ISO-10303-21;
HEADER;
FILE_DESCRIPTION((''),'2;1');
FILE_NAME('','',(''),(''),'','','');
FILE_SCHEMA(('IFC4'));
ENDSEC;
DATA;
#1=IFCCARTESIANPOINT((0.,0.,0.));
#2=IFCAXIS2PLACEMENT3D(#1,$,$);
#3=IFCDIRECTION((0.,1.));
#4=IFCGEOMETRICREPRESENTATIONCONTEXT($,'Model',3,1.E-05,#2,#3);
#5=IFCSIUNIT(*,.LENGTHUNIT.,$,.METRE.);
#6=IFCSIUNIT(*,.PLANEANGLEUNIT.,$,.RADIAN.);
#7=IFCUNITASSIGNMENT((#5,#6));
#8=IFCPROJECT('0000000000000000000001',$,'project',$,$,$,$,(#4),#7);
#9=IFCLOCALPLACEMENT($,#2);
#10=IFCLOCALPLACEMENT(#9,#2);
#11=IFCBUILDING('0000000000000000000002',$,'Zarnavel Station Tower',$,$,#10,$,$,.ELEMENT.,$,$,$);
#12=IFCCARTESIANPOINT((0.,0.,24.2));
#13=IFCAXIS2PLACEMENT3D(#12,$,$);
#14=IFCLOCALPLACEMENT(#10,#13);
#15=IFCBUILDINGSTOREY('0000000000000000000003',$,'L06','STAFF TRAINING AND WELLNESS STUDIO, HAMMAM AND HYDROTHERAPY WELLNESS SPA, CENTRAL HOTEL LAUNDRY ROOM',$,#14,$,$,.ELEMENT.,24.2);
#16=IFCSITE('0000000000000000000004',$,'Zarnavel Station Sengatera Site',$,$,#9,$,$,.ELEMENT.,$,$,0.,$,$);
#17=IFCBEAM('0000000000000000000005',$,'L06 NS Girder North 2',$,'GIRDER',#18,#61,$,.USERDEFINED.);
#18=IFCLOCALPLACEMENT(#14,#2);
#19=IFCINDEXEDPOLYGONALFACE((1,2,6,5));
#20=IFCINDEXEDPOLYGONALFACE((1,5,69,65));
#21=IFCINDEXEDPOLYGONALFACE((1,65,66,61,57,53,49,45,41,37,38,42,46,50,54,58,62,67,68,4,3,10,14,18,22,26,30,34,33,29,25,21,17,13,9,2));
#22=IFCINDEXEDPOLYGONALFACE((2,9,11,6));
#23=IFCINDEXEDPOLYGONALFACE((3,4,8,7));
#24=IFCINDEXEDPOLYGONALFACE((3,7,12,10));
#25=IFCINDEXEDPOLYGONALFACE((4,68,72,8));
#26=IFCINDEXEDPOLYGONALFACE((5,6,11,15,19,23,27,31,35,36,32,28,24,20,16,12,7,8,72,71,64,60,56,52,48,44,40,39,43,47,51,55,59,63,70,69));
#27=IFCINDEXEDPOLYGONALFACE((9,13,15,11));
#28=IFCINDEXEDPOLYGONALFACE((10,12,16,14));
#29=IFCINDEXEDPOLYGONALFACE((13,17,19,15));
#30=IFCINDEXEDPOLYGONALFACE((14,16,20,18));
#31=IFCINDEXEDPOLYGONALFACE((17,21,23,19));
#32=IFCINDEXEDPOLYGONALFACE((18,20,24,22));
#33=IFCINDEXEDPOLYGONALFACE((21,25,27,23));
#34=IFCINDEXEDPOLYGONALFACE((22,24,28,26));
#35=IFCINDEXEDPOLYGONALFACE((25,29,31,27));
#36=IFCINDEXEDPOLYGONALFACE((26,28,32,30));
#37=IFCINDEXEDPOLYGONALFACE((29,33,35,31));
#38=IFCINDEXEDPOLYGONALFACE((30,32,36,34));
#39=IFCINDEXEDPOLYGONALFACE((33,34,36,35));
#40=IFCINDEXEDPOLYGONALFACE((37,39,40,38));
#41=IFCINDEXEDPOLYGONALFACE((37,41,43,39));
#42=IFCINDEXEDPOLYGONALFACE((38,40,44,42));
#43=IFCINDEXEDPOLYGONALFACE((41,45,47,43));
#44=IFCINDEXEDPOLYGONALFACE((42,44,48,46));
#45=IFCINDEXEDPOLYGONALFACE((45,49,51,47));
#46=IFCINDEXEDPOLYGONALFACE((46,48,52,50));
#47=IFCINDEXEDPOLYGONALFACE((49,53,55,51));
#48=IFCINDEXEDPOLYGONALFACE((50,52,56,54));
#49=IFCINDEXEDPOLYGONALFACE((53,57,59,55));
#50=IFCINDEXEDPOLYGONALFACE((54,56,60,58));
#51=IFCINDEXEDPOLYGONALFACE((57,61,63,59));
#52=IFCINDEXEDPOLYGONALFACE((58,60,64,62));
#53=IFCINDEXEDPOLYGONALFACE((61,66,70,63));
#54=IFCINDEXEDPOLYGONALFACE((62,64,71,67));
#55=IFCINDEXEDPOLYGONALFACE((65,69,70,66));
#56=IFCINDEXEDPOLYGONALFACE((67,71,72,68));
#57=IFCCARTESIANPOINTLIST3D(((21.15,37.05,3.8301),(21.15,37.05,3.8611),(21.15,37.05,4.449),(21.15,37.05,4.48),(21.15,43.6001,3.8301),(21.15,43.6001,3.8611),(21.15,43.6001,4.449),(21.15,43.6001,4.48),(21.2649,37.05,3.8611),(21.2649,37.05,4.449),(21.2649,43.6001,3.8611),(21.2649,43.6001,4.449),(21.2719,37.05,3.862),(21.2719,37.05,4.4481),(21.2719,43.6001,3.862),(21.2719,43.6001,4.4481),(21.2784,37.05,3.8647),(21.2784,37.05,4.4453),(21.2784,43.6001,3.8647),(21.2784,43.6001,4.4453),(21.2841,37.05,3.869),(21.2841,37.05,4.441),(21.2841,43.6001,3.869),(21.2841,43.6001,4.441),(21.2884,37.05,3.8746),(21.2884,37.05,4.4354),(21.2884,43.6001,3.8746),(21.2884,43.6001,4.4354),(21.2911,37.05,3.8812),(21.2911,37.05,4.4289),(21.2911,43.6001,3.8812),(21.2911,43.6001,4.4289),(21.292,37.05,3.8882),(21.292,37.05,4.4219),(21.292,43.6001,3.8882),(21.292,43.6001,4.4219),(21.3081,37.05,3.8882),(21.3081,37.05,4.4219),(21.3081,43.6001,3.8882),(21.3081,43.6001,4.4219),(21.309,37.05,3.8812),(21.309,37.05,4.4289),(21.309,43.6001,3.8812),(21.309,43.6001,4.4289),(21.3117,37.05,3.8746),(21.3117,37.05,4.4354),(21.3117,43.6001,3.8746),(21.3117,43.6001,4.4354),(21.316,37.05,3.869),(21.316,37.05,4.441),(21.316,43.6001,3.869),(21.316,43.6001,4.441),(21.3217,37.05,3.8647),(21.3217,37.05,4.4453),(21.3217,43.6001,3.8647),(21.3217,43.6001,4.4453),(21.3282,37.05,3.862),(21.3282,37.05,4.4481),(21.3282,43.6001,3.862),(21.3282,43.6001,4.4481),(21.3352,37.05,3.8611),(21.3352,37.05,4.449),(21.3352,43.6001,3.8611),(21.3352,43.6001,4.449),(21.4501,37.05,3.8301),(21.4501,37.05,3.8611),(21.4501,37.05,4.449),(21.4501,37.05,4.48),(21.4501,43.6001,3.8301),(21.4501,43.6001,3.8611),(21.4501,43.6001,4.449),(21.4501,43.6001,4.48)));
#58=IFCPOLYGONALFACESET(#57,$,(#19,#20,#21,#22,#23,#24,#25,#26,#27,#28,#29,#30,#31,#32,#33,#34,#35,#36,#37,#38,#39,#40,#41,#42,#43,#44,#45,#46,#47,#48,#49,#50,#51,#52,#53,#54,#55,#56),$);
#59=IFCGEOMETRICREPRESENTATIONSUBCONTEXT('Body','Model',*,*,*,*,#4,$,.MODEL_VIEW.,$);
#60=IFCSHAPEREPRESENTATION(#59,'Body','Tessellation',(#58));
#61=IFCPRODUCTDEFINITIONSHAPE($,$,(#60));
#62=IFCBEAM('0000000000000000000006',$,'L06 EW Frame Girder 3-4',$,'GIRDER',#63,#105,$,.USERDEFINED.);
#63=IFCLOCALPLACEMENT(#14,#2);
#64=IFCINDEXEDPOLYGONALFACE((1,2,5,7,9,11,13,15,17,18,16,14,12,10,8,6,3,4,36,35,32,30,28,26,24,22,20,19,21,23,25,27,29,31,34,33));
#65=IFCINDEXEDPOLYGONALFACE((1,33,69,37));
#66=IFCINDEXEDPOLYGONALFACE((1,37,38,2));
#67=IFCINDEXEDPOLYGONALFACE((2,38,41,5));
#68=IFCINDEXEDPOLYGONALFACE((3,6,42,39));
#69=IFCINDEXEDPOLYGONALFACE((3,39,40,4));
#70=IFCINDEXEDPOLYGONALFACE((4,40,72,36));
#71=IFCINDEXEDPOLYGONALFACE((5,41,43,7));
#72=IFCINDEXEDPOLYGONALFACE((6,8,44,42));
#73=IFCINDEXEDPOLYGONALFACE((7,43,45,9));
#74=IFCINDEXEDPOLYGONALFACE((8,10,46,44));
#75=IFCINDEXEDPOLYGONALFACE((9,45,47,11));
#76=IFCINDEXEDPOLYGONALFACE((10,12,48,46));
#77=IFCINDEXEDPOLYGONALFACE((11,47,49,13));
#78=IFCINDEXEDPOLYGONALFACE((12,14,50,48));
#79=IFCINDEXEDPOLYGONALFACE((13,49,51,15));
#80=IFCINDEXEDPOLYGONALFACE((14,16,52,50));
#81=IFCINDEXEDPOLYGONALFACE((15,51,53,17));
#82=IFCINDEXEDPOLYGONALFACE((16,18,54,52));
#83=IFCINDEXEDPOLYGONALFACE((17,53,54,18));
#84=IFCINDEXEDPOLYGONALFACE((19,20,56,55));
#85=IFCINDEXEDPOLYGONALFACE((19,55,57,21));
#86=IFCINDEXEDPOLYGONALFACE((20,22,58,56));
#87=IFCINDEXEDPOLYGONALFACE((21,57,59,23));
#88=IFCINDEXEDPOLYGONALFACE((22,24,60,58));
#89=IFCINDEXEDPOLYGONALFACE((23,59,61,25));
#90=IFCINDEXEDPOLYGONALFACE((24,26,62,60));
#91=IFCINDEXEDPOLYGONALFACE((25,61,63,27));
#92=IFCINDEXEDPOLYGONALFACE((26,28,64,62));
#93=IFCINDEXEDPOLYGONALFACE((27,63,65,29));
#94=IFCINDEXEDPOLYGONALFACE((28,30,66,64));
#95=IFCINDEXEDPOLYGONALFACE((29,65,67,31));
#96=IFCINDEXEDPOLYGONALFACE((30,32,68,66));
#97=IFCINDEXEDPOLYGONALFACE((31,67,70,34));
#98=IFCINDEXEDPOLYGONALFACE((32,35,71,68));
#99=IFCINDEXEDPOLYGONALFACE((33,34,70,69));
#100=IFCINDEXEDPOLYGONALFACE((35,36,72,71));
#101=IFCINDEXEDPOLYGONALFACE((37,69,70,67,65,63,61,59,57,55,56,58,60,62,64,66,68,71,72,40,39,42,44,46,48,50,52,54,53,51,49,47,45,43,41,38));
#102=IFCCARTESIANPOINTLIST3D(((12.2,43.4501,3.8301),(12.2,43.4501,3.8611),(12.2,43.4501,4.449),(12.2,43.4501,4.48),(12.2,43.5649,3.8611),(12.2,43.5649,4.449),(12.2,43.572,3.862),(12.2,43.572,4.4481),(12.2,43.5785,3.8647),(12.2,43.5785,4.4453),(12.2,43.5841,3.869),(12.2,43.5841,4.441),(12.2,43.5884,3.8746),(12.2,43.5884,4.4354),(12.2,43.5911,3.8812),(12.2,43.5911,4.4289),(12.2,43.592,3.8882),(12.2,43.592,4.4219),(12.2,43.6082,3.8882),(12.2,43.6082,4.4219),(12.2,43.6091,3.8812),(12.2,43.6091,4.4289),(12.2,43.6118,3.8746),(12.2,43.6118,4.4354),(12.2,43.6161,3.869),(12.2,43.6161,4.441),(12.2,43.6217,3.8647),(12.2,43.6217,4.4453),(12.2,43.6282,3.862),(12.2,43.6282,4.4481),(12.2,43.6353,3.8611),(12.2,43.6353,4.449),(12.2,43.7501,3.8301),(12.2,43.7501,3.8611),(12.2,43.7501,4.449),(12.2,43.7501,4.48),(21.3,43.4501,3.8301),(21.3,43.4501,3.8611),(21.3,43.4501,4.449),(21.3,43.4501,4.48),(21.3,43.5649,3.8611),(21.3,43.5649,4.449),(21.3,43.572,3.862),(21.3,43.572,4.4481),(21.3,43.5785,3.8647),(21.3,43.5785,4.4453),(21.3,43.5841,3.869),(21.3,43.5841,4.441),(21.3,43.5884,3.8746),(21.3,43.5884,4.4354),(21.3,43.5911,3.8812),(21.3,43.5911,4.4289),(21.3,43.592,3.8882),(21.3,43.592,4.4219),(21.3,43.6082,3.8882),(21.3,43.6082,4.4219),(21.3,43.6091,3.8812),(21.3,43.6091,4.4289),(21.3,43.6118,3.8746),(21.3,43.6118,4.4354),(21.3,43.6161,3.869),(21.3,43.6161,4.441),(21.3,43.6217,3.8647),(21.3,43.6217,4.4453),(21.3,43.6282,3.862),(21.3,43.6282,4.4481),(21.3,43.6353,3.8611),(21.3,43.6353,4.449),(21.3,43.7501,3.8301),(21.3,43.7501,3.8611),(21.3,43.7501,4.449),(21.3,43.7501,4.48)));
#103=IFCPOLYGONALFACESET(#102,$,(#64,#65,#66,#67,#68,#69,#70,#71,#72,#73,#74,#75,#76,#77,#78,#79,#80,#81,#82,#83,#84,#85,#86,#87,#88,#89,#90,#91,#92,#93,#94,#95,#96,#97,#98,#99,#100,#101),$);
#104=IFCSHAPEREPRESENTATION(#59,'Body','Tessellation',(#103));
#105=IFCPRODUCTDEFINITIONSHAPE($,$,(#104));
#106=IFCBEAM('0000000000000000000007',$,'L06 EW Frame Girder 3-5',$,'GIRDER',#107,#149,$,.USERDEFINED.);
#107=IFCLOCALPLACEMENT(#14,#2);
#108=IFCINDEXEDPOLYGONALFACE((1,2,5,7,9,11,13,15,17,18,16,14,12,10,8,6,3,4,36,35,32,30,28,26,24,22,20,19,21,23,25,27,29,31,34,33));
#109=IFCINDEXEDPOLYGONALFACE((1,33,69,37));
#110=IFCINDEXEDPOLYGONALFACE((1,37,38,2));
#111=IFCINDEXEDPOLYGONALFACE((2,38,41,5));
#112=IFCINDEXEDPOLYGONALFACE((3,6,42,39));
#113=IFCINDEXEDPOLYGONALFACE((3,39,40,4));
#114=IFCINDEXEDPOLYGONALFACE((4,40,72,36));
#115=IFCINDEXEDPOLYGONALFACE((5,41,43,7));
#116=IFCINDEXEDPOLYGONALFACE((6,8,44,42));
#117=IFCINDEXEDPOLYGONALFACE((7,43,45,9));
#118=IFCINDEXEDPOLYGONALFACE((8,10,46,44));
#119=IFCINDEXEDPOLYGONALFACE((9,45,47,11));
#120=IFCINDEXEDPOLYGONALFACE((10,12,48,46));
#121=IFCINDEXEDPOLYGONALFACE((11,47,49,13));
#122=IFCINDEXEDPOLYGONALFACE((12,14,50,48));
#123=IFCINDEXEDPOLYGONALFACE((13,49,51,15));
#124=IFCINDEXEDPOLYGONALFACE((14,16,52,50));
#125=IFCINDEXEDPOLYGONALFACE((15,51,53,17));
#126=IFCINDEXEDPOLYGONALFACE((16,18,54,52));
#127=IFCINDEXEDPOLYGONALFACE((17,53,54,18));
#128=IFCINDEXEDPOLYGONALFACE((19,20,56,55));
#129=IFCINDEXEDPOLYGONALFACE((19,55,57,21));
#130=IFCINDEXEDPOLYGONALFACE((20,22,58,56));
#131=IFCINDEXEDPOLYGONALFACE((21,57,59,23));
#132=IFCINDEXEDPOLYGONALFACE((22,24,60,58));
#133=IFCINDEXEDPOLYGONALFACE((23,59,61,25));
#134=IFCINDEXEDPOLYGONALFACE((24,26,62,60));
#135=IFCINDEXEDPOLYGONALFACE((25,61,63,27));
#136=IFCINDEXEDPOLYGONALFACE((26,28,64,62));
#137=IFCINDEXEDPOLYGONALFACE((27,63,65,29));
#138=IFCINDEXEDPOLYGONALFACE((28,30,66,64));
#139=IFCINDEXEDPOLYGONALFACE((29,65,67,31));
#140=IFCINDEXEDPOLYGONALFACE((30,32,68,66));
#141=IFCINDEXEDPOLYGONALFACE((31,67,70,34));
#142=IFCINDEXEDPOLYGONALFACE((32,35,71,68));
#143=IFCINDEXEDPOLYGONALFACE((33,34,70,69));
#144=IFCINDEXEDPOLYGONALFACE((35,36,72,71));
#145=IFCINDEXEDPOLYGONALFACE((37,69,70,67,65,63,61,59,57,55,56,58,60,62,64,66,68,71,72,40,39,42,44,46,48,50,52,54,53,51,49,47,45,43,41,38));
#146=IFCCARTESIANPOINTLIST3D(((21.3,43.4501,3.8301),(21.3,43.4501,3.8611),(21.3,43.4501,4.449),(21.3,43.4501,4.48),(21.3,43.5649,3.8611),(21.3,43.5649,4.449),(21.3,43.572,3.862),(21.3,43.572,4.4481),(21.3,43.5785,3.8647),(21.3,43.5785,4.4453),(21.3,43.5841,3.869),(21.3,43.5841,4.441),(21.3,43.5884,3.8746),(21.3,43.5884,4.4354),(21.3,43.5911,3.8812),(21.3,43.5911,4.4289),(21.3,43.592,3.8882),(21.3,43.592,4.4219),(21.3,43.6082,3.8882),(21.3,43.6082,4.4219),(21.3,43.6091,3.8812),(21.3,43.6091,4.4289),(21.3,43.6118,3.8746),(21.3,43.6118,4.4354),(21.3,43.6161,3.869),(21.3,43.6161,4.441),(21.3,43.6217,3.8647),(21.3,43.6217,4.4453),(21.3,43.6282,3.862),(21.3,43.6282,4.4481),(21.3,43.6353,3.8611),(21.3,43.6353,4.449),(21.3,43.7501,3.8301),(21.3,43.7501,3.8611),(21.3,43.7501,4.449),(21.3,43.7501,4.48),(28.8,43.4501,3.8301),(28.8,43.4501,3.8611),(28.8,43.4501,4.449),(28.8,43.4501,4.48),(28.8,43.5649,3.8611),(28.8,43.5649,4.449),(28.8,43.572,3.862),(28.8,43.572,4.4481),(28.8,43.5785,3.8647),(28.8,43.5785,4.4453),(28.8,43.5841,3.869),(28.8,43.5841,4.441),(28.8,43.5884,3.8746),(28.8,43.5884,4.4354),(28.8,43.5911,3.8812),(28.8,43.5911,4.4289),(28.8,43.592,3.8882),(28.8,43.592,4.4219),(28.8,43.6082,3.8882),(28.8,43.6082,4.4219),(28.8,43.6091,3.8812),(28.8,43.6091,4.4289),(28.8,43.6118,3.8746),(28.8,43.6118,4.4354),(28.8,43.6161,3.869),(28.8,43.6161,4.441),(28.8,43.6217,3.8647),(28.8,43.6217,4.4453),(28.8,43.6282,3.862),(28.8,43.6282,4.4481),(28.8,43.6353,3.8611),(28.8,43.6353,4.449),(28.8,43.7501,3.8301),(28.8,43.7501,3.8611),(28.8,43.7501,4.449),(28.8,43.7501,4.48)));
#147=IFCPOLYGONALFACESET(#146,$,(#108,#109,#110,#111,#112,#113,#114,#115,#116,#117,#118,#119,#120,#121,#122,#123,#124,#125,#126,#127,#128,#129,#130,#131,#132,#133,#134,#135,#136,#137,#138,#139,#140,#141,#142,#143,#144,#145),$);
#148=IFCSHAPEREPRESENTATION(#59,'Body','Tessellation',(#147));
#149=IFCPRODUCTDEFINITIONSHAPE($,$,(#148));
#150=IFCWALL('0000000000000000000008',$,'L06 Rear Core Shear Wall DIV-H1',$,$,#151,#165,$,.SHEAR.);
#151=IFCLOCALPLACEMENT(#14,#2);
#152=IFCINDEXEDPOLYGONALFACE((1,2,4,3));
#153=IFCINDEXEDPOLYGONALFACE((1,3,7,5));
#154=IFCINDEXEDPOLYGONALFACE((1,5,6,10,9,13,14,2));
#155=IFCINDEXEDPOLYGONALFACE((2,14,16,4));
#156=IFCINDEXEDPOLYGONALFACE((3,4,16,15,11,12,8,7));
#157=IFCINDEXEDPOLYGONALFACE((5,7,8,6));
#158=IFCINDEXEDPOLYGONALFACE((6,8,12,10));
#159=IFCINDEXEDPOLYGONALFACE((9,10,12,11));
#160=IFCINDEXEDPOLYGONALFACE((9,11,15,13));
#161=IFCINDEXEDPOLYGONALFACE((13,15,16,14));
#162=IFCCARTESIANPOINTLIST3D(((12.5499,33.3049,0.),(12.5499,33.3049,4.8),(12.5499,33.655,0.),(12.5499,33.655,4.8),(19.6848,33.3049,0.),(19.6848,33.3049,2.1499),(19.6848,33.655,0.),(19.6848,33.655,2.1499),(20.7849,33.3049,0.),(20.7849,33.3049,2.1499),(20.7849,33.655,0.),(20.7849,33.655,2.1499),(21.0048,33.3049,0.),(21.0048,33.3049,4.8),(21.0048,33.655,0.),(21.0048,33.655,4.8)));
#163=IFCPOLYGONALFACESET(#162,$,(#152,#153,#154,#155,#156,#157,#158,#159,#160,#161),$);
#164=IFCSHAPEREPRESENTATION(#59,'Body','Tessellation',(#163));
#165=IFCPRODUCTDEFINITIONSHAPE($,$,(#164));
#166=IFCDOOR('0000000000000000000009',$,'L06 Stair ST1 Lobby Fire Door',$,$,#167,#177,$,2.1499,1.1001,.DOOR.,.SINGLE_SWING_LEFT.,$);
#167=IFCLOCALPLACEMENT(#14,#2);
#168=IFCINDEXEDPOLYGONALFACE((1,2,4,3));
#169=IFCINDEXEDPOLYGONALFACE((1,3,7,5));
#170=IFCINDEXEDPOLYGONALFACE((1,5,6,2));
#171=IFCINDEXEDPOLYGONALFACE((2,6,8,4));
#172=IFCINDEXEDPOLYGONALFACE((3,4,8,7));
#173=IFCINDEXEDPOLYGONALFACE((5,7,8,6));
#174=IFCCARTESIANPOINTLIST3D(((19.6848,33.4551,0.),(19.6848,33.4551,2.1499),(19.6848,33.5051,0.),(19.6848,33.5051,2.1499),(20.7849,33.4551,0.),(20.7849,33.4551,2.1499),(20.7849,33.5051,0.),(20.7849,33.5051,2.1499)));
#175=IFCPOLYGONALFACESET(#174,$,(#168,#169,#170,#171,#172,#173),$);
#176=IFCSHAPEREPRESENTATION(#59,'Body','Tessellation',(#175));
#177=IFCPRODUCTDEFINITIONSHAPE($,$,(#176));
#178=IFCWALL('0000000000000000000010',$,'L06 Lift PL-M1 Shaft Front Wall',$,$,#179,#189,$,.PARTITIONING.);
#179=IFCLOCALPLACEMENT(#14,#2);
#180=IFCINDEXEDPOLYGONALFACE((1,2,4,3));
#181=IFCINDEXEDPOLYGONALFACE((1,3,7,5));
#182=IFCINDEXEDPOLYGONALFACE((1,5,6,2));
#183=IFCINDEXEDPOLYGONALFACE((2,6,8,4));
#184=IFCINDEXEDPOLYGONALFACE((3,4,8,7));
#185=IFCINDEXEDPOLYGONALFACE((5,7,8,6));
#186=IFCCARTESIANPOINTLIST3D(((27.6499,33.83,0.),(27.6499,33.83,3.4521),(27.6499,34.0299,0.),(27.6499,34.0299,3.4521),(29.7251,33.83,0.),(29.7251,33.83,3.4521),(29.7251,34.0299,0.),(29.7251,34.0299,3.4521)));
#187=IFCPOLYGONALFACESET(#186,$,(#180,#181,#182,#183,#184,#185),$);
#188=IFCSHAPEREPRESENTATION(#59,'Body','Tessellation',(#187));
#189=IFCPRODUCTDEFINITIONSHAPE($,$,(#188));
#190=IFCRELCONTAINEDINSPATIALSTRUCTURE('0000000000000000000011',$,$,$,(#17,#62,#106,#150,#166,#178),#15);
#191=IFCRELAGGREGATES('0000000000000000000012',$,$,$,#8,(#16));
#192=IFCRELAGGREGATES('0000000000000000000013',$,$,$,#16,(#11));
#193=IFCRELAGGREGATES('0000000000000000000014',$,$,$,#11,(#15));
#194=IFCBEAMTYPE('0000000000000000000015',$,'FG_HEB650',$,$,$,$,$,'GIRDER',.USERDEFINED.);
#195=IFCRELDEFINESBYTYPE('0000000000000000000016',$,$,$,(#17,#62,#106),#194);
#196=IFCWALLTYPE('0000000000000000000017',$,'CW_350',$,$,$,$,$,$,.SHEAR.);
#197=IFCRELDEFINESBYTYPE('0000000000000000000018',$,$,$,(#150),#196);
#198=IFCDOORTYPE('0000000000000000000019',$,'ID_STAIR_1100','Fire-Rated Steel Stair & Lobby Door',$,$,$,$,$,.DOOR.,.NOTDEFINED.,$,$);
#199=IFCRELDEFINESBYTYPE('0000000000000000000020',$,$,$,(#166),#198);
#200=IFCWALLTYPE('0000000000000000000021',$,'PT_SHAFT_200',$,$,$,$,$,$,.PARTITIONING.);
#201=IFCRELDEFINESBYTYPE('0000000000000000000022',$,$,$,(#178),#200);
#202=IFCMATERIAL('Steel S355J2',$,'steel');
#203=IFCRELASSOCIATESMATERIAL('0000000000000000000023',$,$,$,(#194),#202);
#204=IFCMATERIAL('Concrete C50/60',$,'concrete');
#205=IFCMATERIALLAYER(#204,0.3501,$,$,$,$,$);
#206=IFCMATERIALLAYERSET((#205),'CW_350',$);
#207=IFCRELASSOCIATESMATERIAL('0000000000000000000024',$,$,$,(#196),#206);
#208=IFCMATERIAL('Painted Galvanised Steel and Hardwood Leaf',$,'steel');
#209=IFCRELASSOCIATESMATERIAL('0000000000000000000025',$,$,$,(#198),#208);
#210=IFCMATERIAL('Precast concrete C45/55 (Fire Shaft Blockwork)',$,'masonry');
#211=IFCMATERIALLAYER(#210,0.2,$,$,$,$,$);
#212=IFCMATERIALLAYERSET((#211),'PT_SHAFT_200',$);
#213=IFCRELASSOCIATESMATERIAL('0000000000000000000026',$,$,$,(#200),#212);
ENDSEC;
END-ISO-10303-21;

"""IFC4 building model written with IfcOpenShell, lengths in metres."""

from ifc_helpers import new_model, si_unit, direction, frame, frame_2d, origin, origin_2d, place, context, subcontext, project, spatial, rectangle, i_section, extrude, material, layer, layer_set, material_profile, profile_set, type_object, element, fill, save


model = new_model("IFC4")

# Units and contexts
model_context = context("Model", 3, precision=1e-05, world=origin(), true_north=direction((0.0, 1.0)))
body_context = subcontext(model_context, "Body", "Model", "MODEL_VIEW")
ifc_project = project(units=[si_unit("LENGTHUNIT", "METRE"), si_unit("PLANEANGLEUNIT", "RADIAN")], contexts=[model_context])

# Site, building, storey
site_placement = place(None, origin())
site = spatial("IfcSite", under=ifc_project, at=site_placement, Name="Zarnavel Station Sengatera Site", CompositionType="ELEMENT", RefElevation=0.0)
building_placement = place(site_placement, origin())
building = spatial("IfcBuilding", under=site, at=building_placement, Name="Zarnavel Station Tower", CompositionType="ELEMENT")
storey_placement = place(building_placement, frame((0.0, 0.0, 24.2)))
storey = spatial("IfcBuildingStorey", under=building, at=storey_placement, Name="L06", Description="STAFF TRAINING AND WELLNESS STUDIO, HAMMAM AND HYDROTHERAPY WELLNESS SPA, CENTRAL HOTEL LAUNDRY ROOM", CompositionType="ELEMENT", Elevation=24.2)

# Beams
ifc_material_1 = material(Name="Steel S355J2", Category="steel")
ifc_material_profile_1 = material_profile(ifc_material_1, i_section(OverallWidth=0.3, OverallDepth=0.6499, WebThickness=0.0161, FlangeThickness=0.031, FilletRadius=0.0271, at=origin_2d()), Name="HEB650")
ifc_profile_set_1 = profile_set([ifc_material_profile_1], Name="Steel S355J2")
beam_type = type_object("IfcBeamType", Name="FG_HEB650", ElementType="GIRDER", PredefinedType="USERDEFINED", material=ifc_profile_set_1)
beam_1_placement = place(storey_placement, frame((21.3, 37.05, 4.155), z_axis=(0.0, 1.0, 0.0), x_axis=(-1.0, 0.0, 0.0)))
element("IfcBeam", 1, at=beam_1_placement, inside=storey, type_object=beam_type, Name="L06 NS Girder North 2", ObjectType="GIRDER", PredefinedType="USERDEFINED", context=body_context, shape_type="SweptSolid", body=[
    extrude(i_section(OverallWidth=0.3, OverallDepth=0.6499, WebThickness=0.0161, FlangeThickness=0.031, FilletRadius=0.0271, at=origin_2d()), origin(), (0.0, 0.0, 1.0), 6.55),
])
beam_2_placement = place(storey_placement, frame((12.2, 43.6001, 4.155), z_axis=(1.0, 0.0, 0.0), x_axis=(0.0, 1.0, 0.0)))
element("IfcBeam", 2, at=beam_2_placement, inside=storey, type_object=beam_type, Name="L06 EW Frame Girder 3-4", ObjectType="GIRDER", PredefinedType="USERDEFINED", context=body_context, shape_type="SweptSolid", body=[
    extrude(i_section(OverallWidth=0.3, OverallDepth=0.6499, WebThickness=0.0161, FlangeThickness=0.031, FilletRadius=0.0271, at=origin_2d()), origin(), (0.0, 0.0, 1.0), 9.1001),
])
beam_3_placement = place(storey_placement, frame((21.3, 43.6001, 4.155), z_axis=(1.0, 0.0, 0.0), x_axis=(0.0, 1.0, 0.0)))
element("IfcBeam", 3, at=beam_3_placement, inside=storey, type_object=beam_type, Name="L06 EW Frame Girder 3-5", ObjectType="GIRDER", PredefinedType="USERDEFINED", context=body_context, shape_type="SweptSolid", body=[
    extrude(i_section(OverallWidth=0.3, OverallDepth=0.6499, WebThickness=0.0161, FlangeThickness=0.031, FilletRadius=0.0271, at=origin_2d()), origin(), (0.0, 0.0, 1.0), 7.5),
])

# Wall, opening, door
ifc_material_2 = material(Name="Concrete C50/60", Category="concrete")
ifc_layer_1 = layer(ifc_material_2, 0.3501)
ifc_layer_set_1 = layer_set([ifc_layer_1], Name="CW_350")
wall_type_1 = type_object("IfcWallType", Name="CW_350", PredefinedType="SHEAR", material=ifc_layer_set_1)
wall_1_placement = place(storey_placement, frame((21.0049, 33.48, 0.0), z_axis=(0.0, 0.0, 1.0), x_axis=(-1.0, 0.0, 0.0)))
wall_1 = element("IfcWall", 4, at=wall_1_placement, inside=storey, type_object=wall_type_1, Name="L06 Rear Core Shear Wall DIV-H1", PredefinedType="SHEAR", context=body_context, shape_type="SweptSolid", body=[
    extrude(rectangle(XDim=8.4548, YDim=0.3501, at=frame_2d((4.2275, 0.0))), origin(), (0.0, 0.0, 1.0), 4.8),
])
opening_1_placement = place(wall_1_placement, frame((0.22, 0.0, 0.0)))
opening_1 = element("IfcOpeningElement", 5, at=opening_1_placement, cuts=wall_1, PredefinedType="OPENING", context=body_context, shape_type="SweptSolid", body=[
    extrude(rectangle(XDim=1.1001, YDim=2.1499, at=frame_2d((0.55, 1.075))), frame((0.0, 0.1851, 0.0), z_axis=(0.0, -1.0, 0.0), x_axis=(1.0, 0.0, 0.0)), (0.0, 0.0, 1.0), 0.3701),
])
ifc_material_3 = material(Name="Painted Galvanised Steel and Hardwood Leaf", Category="steel")
door_type_1 = type_object("IfcDoorType", Name="ID_STAIR_1100", Description="Fire-Rated Steel Stair & Lobby Door", OperationType="NOTDEFINED", PredefinedType="DOOR", material=ifc_material_3)
door_1_placement = place(opening_1_placement, origin())
door_1 = element("IfcDoor", 6, at=door_1_placement, inside=storey, type_object=door_type_1, Name="L06 Stair ST1 Lobby Fire Door", OperationType="SINGLE_SWING_LEFT", OverallHeight=2.1499, OverallWidth=1.1001, PredefinedType="DOOR", context=body_context, shape_type="SweptSolid", body=[
    extrude(rectangle(XDim=1.1001, YDim=2.1499, at=frame_2d((0.55, 1.075))), frame((0.0, 0.0249, 0.0), z_axis=(0.0, -1.0, 0.0), x_axis=(1.0, 0.0, 0.0)), (0.0, 0.0, 1.0), 0.05),
])
fill(opening_1, door_1)
ifc_material_4 = material(Name="Precast concrete C45/55 (Fire Shaft Blockwork)", Category="masonry")
ifc_layer_2 = layer(ifc_material_4, 0.2)
ifc_layer_set_2 = layer_set([ifc_layer_2], Name="PT_SHAFT_200")
wall_type_2 = type_object("IfcWallType", Name="PT_SHAFT_200", PredefinedType="PARTITIONING", material=ifc_layer_set_2)

# Wall
wall_2_placement = place(storey_placement, frame((27.6499, 33.9299, 0.0), z_axis=(0.0, 0.0, 1.0), x_axis=(1.0, 0.0, 0.0)))
element("IfcWall", 7, at=wall_2_placement, inside=storey, type_object=wall_type_2, Name="L06 Lift PL-M1 Shaft Front Wall", PredefinedType="PARTITIONING", context=body_context, shape_type="SweptSolid", body=[
    extrude(rectangle(XDim=2.0752, YDim=0.2, at=frame_2d((1.0376, 0.0))), origin(), (0.0, 0.0, 1.0), 3.4521),
])

save(model, "model.ifc")
